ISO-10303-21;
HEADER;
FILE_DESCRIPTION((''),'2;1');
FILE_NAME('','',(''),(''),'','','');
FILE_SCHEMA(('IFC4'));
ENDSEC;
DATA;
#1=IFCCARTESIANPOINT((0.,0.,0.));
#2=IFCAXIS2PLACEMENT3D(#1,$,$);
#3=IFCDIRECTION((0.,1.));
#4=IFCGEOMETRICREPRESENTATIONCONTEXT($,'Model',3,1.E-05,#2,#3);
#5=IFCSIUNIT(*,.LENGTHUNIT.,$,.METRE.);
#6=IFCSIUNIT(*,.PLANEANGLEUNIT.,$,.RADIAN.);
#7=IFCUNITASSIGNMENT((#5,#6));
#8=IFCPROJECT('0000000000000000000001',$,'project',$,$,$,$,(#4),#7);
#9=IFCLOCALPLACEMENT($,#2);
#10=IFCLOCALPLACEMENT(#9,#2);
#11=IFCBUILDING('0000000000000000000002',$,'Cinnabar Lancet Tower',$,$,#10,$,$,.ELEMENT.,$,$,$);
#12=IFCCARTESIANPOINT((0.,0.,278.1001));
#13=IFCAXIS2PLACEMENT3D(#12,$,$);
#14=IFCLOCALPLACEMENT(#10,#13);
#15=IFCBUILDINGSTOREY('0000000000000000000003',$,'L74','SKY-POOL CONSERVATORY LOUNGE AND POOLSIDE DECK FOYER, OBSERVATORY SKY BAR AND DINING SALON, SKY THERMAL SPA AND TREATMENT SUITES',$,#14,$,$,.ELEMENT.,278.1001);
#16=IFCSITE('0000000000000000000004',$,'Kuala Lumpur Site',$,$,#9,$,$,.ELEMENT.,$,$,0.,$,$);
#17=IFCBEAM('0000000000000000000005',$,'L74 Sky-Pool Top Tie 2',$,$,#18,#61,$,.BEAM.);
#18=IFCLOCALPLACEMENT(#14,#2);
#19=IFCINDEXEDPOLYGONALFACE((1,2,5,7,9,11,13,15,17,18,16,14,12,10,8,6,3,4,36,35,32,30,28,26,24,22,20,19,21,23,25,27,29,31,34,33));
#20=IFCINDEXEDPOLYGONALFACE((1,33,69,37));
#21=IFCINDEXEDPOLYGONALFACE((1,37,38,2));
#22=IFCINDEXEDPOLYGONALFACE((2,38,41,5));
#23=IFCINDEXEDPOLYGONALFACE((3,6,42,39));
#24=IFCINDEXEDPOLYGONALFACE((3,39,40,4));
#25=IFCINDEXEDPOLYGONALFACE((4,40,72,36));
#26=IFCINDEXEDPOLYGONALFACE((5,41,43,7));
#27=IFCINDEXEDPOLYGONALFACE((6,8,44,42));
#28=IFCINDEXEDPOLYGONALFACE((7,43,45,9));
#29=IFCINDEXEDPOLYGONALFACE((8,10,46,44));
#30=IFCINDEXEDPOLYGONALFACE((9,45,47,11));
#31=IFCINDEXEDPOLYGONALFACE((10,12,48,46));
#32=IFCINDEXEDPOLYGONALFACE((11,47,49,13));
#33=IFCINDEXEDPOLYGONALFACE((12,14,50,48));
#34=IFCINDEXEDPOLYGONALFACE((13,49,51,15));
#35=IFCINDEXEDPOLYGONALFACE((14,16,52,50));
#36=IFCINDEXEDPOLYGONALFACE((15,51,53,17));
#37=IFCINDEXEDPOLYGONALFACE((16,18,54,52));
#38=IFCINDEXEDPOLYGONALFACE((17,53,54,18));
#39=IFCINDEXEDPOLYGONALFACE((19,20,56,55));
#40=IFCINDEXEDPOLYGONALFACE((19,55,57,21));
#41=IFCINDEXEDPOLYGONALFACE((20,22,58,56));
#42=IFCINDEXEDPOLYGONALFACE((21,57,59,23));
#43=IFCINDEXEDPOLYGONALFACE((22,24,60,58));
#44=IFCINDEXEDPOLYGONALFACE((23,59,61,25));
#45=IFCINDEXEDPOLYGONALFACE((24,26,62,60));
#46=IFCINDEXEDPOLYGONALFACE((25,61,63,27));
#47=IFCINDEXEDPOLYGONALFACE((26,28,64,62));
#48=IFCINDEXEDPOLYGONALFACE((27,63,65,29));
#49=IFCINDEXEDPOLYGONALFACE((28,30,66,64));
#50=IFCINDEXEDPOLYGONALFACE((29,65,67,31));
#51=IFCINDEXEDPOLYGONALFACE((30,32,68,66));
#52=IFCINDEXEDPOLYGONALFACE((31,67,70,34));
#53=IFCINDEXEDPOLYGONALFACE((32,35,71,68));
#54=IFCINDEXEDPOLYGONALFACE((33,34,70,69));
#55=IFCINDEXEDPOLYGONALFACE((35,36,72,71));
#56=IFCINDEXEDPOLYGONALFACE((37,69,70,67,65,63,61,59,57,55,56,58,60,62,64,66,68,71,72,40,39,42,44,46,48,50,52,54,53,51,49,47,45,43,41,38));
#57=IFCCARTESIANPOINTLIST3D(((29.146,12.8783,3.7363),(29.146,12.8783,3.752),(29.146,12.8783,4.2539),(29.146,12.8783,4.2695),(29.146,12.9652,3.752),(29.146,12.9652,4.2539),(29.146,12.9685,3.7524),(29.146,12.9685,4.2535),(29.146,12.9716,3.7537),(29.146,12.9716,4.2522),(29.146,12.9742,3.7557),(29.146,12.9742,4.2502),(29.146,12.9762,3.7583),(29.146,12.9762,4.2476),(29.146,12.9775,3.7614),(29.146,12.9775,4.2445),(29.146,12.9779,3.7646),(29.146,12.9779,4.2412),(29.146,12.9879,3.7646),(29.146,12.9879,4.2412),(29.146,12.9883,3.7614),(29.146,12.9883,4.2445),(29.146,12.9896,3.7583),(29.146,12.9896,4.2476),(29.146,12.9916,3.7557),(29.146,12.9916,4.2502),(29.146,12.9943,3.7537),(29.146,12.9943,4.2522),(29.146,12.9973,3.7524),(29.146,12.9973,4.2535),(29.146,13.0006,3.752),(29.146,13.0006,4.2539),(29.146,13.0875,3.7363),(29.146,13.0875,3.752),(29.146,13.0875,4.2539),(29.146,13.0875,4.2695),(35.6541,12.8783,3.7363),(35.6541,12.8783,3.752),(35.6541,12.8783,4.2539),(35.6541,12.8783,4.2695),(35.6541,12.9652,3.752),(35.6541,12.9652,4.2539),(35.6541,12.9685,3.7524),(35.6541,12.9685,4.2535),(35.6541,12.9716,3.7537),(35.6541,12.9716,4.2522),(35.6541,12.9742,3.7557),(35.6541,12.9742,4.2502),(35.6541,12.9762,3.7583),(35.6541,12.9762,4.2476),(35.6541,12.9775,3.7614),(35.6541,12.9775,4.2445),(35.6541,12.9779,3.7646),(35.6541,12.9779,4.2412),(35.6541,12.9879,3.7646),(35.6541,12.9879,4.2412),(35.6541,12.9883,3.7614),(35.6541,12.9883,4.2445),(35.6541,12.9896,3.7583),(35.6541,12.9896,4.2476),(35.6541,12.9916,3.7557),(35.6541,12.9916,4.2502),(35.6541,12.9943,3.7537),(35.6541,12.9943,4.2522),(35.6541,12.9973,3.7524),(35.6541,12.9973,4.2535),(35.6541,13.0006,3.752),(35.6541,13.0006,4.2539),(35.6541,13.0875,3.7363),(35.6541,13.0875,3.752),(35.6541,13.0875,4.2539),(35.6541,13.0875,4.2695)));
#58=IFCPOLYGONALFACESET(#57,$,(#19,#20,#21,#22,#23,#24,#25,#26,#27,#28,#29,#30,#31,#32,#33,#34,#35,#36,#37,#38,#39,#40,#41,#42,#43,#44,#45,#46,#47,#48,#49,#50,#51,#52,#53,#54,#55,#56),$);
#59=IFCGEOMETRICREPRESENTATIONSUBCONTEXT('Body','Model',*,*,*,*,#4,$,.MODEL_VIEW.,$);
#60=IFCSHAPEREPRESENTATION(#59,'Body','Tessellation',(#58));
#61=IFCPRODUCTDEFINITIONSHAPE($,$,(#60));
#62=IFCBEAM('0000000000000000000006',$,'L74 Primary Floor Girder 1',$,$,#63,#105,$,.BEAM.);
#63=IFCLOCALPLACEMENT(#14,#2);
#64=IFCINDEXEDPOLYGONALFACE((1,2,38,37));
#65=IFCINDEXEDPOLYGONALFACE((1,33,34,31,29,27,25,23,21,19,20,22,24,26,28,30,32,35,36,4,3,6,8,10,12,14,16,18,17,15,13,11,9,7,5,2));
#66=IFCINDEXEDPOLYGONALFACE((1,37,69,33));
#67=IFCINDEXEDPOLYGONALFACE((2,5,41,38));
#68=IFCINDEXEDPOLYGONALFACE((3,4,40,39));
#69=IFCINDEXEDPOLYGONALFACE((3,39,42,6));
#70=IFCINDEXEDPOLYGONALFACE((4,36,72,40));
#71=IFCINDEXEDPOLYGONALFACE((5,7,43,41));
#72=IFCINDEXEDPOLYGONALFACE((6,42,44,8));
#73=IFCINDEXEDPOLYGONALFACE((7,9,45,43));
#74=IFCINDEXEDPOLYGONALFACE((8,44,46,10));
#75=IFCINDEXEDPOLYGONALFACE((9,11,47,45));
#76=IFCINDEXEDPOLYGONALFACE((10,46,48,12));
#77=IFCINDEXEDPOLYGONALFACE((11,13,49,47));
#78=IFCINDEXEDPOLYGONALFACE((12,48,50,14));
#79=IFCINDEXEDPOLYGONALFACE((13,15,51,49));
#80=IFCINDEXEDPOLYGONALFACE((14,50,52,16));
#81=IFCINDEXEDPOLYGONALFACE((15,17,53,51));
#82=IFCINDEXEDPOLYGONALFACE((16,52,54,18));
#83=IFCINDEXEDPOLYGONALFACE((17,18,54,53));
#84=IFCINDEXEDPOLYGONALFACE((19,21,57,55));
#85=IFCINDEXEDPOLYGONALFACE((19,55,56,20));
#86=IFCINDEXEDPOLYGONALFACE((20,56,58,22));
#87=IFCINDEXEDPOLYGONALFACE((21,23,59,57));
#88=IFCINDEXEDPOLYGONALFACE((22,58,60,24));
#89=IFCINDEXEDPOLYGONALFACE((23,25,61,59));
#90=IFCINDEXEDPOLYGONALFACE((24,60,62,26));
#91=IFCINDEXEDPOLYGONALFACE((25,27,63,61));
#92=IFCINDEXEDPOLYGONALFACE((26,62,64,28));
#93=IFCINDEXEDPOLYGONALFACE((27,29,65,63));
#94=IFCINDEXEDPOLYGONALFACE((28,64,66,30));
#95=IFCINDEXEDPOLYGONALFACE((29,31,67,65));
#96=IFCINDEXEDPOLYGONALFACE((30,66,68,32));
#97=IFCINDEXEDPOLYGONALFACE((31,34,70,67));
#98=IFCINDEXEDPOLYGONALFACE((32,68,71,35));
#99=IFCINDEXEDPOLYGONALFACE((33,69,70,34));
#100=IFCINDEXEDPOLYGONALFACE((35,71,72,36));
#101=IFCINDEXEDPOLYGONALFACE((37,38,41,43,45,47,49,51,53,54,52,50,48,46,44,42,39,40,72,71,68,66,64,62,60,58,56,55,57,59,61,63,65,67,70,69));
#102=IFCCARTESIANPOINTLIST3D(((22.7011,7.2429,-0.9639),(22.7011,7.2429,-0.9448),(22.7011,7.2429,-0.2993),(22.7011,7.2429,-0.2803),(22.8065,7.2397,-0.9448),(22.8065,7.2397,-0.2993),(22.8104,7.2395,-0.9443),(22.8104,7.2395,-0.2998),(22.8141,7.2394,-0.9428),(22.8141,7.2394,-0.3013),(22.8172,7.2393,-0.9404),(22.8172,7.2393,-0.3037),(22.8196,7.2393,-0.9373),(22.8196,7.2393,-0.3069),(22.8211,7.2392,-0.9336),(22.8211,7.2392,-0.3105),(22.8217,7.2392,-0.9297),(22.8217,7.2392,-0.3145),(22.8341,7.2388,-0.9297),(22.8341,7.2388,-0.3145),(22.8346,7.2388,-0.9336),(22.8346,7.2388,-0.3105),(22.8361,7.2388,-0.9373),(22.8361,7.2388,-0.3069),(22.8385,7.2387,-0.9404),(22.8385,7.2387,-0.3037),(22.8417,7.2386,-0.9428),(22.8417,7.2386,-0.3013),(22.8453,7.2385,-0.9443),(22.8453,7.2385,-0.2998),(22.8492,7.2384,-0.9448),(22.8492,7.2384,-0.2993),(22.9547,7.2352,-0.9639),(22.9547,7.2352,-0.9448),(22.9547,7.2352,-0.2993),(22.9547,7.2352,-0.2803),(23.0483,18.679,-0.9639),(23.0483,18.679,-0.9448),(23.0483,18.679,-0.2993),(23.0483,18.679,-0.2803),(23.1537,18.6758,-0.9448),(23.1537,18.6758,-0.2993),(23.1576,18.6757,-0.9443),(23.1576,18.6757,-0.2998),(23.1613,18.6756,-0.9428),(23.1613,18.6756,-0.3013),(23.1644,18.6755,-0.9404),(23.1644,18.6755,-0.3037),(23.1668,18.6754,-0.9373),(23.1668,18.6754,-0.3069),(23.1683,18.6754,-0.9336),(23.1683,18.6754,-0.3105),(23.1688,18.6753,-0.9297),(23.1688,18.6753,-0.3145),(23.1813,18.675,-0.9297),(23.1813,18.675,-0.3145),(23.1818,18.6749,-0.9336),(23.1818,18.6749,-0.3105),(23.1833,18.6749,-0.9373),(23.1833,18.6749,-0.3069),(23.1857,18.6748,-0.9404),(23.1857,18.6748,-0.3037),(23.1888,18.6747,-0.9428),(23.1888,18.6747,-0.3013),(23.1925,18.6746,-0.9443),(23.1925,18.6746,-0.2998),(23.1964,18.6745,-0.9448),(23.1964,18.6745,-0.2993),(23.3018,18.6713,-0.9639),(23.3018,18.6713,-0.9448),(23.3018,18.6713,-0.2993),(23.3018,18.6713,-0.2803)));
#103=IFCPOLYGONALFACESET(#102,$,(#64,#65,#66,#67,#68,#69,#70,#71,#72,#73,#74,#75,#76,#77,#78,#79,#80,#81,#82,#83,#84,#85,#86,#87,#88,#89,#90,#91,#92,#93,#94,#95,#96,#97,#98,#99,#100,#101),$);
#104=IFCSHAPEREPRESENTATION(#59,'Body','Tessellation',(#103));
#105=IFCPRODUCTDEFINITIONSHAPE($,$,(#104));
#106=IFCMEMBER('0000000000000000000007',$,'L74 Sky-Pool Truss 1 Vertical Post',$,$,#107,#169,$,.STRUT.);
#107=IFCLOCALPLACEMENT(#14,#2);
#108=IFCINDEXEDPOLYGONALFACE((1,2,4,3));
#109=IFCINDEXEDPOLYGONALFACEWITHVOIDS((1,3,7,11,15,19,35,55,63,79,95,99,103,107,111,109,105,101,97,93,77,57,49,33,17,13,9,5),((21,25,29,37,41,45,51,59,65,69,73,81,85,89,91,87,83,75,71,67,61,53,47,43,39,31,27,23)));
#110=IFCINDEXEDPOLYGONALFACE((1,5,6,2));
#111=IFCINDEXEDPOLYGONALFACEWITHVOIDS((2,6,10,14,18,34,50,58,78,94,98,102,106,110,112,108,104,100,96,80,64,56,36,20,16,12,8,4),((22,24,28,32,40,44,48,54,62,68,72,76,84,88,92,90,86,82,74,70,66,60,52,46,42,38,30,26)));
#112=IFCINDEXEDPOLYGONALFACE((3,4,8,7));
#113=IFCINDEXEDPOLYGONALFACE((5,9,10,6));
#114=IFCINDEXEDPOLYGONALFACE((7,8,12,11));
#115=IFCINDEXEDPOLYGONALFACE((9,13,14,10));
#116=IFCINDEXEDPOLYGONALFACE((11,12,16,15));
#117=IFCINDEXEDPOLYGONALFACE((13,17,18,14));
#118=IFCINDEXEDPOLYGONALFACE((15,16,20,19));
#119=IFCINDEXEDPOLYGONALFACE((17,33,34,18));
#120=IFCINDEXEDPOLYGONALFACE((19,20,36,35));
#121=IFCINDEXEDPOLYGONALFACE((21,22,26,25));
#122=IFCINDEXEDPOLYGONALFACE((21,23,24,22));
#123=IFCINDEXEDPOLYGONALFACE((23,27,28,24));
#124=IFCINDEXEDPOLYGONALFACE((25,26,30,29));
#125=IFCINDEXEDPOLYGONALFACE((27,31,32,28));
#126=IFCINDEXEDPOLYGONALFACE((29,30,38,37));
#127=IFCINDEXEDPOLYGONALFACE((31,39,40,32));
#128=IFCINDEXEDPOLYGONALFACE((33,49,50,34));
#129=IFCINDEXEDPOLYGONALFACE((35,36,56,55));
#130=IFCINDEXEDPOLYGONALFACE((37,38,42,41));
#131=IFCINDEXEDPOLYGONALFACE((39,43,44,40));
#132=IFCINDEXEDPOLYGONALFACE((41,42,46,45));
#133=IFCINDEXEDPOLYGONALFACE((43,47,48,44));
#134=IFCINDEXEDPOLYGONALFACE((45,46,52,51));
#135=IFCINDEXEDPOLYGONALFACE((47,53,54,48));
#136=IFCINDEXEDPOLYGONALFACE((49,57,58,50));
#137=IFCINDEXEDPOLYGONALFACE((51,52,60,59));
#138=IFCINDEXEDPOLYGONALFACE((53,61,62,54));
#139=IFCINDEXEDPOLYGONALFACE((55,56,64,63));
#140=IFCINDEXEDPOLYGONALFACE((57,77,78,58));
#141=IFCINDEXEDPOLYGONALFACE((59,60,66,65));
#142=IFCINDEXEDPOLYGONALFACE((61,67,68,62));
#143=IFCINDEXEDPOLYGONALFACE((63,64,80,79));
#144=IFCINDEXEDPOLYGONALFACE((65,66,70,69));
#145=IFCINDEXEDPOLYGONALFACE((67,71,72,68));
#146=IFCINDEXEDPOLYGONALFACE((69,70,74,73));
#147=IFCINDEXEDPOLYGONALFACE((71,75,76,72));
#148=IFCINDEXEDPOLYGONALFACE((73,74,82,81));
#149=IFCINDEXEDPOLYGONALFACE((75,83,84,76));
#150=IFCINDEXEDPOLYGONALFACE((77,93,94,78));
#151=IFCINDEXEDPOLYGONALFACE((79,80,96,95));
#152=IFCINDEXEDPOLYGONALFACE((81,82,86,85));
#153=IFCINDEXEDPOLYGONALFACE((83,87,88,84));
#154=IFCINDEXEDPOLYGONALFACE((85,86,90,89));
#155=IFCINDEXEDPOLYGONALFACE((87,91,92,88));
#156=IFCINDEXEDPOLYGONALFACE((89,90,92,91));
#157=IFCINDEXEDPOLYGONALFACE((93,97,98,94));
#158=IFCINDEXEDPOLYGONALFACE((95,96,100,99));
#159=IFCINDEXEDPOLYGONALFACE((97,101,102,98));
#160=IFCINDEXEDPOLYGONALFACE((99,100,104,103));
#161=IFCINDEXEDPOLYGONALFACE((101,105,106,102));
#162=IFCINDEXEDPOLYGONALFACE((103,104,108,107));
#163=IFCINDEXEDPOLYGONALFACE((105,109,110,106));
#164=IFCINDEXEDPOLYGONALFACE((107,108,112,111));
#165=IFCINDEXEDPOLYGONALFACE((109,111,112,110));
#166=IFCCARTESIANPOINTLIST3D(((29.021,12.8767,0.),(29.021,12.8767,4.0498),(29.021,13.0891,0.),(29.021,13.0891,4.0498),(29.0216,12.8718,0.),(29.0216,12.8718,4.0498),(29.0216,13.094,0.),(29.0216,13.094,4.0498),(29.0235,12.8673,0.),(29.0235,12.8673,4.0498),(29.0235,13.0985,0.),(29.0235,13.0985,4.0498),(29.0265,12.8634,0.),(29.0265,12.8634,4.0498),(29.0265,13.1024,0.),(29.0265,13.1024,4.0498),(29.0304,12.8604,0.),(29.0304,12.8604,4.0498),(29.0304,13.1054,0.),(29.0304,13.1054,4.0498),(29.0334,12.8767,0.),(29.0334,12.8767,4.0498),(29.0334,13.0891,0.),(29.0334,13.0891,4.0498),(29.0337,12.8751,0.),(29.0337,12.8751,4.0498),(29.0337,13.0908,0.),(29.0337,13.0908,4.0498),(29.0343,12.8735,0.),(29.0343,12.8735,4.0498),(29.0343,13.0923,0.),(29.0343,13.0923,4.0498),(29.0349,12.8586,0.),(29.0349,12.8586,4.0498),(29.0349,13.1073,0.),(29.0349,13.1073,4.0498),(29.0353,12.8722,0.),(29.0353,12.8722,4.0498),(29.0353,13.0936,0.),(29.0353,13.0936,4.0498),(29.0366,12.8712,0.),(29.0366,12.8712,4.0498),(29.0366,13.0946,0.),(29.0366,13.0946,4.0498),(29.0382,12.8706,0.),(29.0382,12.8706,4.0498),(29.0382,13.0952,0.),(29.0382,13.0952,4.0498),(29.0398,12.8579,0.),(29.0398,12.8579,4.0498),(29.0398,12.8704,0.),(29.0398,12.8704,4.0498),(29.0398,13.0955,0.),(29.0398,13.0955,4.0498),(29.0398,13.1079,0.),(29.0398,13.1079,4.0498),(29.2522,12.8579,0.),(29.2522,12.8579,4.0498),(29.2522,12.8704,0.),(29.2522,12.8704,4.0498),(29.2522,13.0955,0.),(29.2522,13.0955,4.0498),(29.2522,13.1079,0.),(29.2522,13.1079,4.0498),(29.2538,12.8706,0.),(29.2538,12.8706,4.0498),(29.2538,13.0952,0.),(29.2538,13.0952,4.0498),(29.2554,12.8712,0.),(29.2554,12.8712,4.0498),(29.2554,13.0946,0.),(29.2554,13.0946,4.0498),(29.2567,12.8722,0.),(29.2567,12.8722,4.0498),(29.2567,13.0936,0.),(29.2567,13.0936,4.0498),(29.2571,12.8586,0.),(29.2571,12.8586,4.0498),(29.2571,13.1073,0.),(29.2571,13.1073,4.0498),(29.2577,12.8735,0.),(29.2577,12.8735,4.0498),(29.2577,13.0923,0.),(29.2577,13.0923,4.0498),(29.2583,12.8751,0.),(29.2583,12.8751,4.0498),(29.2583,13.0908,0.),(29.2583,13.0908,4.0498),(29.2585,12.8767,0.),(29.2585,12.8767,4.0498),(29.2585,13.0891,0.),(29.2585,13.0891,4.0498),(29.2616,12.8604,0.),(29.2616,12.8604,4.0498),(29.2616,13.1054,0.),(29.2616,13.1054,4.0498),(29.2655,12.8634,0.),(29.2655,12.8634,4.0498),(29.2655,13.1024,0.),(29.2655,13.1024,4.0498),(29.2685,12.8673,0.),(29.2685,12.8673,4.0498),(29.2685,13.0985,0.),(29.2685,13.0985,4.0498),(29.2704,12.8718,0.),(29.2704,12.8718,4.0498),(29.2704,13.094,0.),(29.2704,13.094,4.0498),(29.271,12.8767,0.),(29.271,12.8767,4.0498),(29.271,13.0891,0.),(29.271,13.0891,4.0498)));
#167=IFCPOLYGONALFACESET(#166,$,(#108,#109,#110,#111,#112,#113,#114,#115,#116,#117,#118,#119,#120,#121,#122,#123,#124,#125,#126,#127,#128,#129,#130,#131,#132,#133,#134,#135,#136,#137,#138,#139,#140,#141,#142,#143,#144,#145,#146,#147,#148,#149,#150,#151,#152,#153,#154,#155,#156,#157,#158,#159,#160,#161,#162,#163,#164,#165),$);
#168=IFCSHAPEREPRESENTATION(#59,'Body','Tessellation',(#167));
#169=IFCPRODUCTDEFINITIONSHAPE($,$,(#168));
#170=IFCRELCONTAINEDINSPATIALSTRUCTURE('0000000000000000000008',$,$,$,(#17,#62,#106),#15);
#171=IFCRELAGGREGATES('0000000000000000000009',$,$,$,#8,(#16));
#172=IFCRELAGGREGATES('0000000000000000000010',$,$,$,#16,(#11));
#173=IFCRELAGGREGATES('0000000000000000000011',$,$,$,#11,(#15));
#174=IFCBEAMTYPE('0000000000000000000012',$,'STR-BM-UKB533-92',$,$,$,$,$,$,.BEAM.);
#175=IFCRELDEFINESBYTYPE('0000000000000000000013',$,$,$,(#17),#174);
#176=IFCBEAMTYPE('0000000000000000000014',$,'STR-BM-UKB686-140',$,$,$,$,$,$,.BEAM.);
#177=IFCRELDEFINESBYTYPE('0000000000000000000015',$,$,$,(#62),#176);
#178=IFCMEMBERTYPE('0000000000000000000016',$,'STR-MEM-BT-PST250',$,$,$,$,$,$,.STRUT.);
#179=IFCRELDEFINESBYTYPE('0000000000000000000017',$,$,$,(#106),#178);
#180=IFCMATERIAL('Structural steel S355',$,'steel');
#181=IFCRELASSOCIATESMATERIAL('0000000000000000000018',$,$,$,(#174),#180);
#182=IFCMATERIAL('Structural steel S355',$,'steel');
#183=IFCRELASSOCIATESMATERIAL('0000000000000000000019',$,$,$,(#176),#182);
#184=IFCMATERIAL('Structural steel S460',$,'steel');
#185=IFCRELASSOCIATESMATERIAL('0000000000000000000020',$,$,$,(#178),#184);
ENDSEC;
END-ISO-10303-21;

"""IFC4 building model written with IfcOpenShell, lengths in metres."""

from ifc_helpers import new_model, si_unit, direction, frame, origin, origin_2d, place, context, subcontext, project, spatial, hollow_rectangle, i_section, extrude, material, material_profile, profile_set, type_object, element, save


model = new_model("IFC4")

# Units and contexts
model_context = context("Model", 3, precision=1e-05, world=origin(), true_north=direction((0.0, 1.0)))
body_context = subcontext(model_context, "Body", "Model", "MODEL_VIEW")
ifc_project = project(units=[si_unit("LENGTHUNIT", "METRE"), si_unit("PLANEANGLEUNIT", "RADIAN")], contexts=[model_context])

# Site, building, storey
site_placement = place(None, origin())
site = spatial("IfcSite", under=ifc_project, at=site_placement, Name="Kuala Lumpur Site", CompositionType="ELEMENT", RefElevation=0.0)
building_placement = place(site_placement, origin())
building = spatial("IfcBuilding", under=site, at=building_placement, Name="Cinnabar Lancet Tower", CompositionType="ELEMENT")
storey_placement = place(building_placement, frame((0.0, 0.0, 278.1001)))
storey = spatial("IfcBuildingStorey", under=building, at=storey_placement, Name="L74", Description="SKY-POOL CONSERVATORY LOUNGE AND POOLSIDE DECK FOYER, OBSERVATORY SKY BAR AND DINING SALON, SKY THERMAL SPA AND TREATMENT SUITES", CompositionType="ELEMENT", Elevation=278.1001)

# Beams
ifc_material_1 = material(Name="Structural steel S355", Category="steel")
ifc_material_profile_1 = material_profile(ifc_material_1, i_section(OverallWidth=0.2092, OverallDepth=0.5332, WebThickness=0.01, FlangeThickness=0.0156, FilletRadius=0.0127, at=origin_2d()), Name="UKB 533x210x92")
ifc_profile_set_1 = profile_set([ifc_material_profile_1], Name="Structural steel S355")
beam_type_1 = type_object("IfcBeamType", Name="STR-BM-UKB533-92", PredefinedType="BEAM", material=ifc_profile_set_1)
beam_1_placement = place(storey_placement, frame((29.146, 12.9829, 4.0029), z_axis=(1.0, 0.0, 0.0), x_axis=(0.0, 1.0, 0.0)))
element("IfcBeam", 1, at=beam_1_placement, inside=storey, type_object=beam_type_1, Name="L74 Sky-Pool Top Tie 2", PredefinedType="BEAM", context=body_context, shape_type="SweptSolid", body=[
    extrude(i_section(OverallWidth=0.2092, OverallDepth=0.5332, WebThickness=0.01, FlangeThickness=0.0156, FilletRadius=0.0127, at=origin_2d()), origin(), (0.0, 0.0, 1.0), 6.5081),
])
ifc_material_2 = material(Name="Structural steel S355", Category="steel")
ifc_material_profile_2 = material_profile(ifc_material_2, i_section(OverallWidth=0.2537, OverallDepth=0.6836, WebThickness=0.0125, FlangeThickness=0.019, FilletRadius=0.0151, at=origin_2d()), Name="UKB 686x254x140")
ifc_profile_set_2 = profile_set([ifc_material_profile_2], Name="Structural steel S355")
beam_type_2 = type_object("IfcBeamType", Name="STR-BM-UKB686-140", PredefinedType="BEAM", material=ifc_profile_set_2)
beam_2_placement = place(storey_placement, frame((22.8279, 7.239, -0.6221), z_axis=(0.030343, 0.99954, 0.0), x_axis=(-0.99954, 0.030343, 0.0)))
element("IfcBeam", 2, at=beam_2_placement, inside=storey, type_object=beam_type_2, Name="L74 Primary Floor Girder 1", PredefinedType="BEAM", context=body_context, shape_type="SweptSolid", body=[
    extrude(i_section(OverallWidth=0.2537, OverallDepth=0.6836, WebThickness=0.0125, FlangeThickness=0.019, FilletRadius=0.0151, at=origin_2d()), origin(), (0.0, 0.0, 1.0), 11.4414),
])

# Member
ifc_material_3 = material(Name="Structural steel S460", Category="steel")
ifc_material_profile_3 = material_profile(ifc_material_3, hollow_rectangle(XDim=0.25, YDim=0.25, WallThickness=0.0125, InnerFilletRadius=0.0063, OuterFilletRadius=0.0188, at=origin_2d()), Name="SHS 250x250x12.5")
ifc_profile_set_3 = profile_set([ifc_material_profile_3], Name="Structural steel S460")
member_type_1 = type_object("IfcMemberType", Name="STR-MEM-BT-PST250", PredefinedType="STRUT", material=ifc_profile_set_3)
member_1_placement = place(storey_placement, frame((29.146, 12.9829, 0.0), z_axis=(0.0, 0.0, 1.0), x_axis=(1.0, 0.0, 0.0)))
element("IfcMember", 3, at=member_1_placement, inside=storey, type_object=member_type_1, Name="L74 Sky-Pool Truss 1 Vertical Post", PredefinedType="STRUT", context=body_context, shape_type="SweptSolid", body=[
    extrude(hollow_rectangle(XDim=0.25, YDim=0.25, WallThickness=0.0125, InnerFilletRadius=0.0063, OuterFilletRadius=0.0188, at=origin_2d()), origin(), (0.0, 0.0, 1.0), 4.0498),
])

save(model, "model.ifc")
